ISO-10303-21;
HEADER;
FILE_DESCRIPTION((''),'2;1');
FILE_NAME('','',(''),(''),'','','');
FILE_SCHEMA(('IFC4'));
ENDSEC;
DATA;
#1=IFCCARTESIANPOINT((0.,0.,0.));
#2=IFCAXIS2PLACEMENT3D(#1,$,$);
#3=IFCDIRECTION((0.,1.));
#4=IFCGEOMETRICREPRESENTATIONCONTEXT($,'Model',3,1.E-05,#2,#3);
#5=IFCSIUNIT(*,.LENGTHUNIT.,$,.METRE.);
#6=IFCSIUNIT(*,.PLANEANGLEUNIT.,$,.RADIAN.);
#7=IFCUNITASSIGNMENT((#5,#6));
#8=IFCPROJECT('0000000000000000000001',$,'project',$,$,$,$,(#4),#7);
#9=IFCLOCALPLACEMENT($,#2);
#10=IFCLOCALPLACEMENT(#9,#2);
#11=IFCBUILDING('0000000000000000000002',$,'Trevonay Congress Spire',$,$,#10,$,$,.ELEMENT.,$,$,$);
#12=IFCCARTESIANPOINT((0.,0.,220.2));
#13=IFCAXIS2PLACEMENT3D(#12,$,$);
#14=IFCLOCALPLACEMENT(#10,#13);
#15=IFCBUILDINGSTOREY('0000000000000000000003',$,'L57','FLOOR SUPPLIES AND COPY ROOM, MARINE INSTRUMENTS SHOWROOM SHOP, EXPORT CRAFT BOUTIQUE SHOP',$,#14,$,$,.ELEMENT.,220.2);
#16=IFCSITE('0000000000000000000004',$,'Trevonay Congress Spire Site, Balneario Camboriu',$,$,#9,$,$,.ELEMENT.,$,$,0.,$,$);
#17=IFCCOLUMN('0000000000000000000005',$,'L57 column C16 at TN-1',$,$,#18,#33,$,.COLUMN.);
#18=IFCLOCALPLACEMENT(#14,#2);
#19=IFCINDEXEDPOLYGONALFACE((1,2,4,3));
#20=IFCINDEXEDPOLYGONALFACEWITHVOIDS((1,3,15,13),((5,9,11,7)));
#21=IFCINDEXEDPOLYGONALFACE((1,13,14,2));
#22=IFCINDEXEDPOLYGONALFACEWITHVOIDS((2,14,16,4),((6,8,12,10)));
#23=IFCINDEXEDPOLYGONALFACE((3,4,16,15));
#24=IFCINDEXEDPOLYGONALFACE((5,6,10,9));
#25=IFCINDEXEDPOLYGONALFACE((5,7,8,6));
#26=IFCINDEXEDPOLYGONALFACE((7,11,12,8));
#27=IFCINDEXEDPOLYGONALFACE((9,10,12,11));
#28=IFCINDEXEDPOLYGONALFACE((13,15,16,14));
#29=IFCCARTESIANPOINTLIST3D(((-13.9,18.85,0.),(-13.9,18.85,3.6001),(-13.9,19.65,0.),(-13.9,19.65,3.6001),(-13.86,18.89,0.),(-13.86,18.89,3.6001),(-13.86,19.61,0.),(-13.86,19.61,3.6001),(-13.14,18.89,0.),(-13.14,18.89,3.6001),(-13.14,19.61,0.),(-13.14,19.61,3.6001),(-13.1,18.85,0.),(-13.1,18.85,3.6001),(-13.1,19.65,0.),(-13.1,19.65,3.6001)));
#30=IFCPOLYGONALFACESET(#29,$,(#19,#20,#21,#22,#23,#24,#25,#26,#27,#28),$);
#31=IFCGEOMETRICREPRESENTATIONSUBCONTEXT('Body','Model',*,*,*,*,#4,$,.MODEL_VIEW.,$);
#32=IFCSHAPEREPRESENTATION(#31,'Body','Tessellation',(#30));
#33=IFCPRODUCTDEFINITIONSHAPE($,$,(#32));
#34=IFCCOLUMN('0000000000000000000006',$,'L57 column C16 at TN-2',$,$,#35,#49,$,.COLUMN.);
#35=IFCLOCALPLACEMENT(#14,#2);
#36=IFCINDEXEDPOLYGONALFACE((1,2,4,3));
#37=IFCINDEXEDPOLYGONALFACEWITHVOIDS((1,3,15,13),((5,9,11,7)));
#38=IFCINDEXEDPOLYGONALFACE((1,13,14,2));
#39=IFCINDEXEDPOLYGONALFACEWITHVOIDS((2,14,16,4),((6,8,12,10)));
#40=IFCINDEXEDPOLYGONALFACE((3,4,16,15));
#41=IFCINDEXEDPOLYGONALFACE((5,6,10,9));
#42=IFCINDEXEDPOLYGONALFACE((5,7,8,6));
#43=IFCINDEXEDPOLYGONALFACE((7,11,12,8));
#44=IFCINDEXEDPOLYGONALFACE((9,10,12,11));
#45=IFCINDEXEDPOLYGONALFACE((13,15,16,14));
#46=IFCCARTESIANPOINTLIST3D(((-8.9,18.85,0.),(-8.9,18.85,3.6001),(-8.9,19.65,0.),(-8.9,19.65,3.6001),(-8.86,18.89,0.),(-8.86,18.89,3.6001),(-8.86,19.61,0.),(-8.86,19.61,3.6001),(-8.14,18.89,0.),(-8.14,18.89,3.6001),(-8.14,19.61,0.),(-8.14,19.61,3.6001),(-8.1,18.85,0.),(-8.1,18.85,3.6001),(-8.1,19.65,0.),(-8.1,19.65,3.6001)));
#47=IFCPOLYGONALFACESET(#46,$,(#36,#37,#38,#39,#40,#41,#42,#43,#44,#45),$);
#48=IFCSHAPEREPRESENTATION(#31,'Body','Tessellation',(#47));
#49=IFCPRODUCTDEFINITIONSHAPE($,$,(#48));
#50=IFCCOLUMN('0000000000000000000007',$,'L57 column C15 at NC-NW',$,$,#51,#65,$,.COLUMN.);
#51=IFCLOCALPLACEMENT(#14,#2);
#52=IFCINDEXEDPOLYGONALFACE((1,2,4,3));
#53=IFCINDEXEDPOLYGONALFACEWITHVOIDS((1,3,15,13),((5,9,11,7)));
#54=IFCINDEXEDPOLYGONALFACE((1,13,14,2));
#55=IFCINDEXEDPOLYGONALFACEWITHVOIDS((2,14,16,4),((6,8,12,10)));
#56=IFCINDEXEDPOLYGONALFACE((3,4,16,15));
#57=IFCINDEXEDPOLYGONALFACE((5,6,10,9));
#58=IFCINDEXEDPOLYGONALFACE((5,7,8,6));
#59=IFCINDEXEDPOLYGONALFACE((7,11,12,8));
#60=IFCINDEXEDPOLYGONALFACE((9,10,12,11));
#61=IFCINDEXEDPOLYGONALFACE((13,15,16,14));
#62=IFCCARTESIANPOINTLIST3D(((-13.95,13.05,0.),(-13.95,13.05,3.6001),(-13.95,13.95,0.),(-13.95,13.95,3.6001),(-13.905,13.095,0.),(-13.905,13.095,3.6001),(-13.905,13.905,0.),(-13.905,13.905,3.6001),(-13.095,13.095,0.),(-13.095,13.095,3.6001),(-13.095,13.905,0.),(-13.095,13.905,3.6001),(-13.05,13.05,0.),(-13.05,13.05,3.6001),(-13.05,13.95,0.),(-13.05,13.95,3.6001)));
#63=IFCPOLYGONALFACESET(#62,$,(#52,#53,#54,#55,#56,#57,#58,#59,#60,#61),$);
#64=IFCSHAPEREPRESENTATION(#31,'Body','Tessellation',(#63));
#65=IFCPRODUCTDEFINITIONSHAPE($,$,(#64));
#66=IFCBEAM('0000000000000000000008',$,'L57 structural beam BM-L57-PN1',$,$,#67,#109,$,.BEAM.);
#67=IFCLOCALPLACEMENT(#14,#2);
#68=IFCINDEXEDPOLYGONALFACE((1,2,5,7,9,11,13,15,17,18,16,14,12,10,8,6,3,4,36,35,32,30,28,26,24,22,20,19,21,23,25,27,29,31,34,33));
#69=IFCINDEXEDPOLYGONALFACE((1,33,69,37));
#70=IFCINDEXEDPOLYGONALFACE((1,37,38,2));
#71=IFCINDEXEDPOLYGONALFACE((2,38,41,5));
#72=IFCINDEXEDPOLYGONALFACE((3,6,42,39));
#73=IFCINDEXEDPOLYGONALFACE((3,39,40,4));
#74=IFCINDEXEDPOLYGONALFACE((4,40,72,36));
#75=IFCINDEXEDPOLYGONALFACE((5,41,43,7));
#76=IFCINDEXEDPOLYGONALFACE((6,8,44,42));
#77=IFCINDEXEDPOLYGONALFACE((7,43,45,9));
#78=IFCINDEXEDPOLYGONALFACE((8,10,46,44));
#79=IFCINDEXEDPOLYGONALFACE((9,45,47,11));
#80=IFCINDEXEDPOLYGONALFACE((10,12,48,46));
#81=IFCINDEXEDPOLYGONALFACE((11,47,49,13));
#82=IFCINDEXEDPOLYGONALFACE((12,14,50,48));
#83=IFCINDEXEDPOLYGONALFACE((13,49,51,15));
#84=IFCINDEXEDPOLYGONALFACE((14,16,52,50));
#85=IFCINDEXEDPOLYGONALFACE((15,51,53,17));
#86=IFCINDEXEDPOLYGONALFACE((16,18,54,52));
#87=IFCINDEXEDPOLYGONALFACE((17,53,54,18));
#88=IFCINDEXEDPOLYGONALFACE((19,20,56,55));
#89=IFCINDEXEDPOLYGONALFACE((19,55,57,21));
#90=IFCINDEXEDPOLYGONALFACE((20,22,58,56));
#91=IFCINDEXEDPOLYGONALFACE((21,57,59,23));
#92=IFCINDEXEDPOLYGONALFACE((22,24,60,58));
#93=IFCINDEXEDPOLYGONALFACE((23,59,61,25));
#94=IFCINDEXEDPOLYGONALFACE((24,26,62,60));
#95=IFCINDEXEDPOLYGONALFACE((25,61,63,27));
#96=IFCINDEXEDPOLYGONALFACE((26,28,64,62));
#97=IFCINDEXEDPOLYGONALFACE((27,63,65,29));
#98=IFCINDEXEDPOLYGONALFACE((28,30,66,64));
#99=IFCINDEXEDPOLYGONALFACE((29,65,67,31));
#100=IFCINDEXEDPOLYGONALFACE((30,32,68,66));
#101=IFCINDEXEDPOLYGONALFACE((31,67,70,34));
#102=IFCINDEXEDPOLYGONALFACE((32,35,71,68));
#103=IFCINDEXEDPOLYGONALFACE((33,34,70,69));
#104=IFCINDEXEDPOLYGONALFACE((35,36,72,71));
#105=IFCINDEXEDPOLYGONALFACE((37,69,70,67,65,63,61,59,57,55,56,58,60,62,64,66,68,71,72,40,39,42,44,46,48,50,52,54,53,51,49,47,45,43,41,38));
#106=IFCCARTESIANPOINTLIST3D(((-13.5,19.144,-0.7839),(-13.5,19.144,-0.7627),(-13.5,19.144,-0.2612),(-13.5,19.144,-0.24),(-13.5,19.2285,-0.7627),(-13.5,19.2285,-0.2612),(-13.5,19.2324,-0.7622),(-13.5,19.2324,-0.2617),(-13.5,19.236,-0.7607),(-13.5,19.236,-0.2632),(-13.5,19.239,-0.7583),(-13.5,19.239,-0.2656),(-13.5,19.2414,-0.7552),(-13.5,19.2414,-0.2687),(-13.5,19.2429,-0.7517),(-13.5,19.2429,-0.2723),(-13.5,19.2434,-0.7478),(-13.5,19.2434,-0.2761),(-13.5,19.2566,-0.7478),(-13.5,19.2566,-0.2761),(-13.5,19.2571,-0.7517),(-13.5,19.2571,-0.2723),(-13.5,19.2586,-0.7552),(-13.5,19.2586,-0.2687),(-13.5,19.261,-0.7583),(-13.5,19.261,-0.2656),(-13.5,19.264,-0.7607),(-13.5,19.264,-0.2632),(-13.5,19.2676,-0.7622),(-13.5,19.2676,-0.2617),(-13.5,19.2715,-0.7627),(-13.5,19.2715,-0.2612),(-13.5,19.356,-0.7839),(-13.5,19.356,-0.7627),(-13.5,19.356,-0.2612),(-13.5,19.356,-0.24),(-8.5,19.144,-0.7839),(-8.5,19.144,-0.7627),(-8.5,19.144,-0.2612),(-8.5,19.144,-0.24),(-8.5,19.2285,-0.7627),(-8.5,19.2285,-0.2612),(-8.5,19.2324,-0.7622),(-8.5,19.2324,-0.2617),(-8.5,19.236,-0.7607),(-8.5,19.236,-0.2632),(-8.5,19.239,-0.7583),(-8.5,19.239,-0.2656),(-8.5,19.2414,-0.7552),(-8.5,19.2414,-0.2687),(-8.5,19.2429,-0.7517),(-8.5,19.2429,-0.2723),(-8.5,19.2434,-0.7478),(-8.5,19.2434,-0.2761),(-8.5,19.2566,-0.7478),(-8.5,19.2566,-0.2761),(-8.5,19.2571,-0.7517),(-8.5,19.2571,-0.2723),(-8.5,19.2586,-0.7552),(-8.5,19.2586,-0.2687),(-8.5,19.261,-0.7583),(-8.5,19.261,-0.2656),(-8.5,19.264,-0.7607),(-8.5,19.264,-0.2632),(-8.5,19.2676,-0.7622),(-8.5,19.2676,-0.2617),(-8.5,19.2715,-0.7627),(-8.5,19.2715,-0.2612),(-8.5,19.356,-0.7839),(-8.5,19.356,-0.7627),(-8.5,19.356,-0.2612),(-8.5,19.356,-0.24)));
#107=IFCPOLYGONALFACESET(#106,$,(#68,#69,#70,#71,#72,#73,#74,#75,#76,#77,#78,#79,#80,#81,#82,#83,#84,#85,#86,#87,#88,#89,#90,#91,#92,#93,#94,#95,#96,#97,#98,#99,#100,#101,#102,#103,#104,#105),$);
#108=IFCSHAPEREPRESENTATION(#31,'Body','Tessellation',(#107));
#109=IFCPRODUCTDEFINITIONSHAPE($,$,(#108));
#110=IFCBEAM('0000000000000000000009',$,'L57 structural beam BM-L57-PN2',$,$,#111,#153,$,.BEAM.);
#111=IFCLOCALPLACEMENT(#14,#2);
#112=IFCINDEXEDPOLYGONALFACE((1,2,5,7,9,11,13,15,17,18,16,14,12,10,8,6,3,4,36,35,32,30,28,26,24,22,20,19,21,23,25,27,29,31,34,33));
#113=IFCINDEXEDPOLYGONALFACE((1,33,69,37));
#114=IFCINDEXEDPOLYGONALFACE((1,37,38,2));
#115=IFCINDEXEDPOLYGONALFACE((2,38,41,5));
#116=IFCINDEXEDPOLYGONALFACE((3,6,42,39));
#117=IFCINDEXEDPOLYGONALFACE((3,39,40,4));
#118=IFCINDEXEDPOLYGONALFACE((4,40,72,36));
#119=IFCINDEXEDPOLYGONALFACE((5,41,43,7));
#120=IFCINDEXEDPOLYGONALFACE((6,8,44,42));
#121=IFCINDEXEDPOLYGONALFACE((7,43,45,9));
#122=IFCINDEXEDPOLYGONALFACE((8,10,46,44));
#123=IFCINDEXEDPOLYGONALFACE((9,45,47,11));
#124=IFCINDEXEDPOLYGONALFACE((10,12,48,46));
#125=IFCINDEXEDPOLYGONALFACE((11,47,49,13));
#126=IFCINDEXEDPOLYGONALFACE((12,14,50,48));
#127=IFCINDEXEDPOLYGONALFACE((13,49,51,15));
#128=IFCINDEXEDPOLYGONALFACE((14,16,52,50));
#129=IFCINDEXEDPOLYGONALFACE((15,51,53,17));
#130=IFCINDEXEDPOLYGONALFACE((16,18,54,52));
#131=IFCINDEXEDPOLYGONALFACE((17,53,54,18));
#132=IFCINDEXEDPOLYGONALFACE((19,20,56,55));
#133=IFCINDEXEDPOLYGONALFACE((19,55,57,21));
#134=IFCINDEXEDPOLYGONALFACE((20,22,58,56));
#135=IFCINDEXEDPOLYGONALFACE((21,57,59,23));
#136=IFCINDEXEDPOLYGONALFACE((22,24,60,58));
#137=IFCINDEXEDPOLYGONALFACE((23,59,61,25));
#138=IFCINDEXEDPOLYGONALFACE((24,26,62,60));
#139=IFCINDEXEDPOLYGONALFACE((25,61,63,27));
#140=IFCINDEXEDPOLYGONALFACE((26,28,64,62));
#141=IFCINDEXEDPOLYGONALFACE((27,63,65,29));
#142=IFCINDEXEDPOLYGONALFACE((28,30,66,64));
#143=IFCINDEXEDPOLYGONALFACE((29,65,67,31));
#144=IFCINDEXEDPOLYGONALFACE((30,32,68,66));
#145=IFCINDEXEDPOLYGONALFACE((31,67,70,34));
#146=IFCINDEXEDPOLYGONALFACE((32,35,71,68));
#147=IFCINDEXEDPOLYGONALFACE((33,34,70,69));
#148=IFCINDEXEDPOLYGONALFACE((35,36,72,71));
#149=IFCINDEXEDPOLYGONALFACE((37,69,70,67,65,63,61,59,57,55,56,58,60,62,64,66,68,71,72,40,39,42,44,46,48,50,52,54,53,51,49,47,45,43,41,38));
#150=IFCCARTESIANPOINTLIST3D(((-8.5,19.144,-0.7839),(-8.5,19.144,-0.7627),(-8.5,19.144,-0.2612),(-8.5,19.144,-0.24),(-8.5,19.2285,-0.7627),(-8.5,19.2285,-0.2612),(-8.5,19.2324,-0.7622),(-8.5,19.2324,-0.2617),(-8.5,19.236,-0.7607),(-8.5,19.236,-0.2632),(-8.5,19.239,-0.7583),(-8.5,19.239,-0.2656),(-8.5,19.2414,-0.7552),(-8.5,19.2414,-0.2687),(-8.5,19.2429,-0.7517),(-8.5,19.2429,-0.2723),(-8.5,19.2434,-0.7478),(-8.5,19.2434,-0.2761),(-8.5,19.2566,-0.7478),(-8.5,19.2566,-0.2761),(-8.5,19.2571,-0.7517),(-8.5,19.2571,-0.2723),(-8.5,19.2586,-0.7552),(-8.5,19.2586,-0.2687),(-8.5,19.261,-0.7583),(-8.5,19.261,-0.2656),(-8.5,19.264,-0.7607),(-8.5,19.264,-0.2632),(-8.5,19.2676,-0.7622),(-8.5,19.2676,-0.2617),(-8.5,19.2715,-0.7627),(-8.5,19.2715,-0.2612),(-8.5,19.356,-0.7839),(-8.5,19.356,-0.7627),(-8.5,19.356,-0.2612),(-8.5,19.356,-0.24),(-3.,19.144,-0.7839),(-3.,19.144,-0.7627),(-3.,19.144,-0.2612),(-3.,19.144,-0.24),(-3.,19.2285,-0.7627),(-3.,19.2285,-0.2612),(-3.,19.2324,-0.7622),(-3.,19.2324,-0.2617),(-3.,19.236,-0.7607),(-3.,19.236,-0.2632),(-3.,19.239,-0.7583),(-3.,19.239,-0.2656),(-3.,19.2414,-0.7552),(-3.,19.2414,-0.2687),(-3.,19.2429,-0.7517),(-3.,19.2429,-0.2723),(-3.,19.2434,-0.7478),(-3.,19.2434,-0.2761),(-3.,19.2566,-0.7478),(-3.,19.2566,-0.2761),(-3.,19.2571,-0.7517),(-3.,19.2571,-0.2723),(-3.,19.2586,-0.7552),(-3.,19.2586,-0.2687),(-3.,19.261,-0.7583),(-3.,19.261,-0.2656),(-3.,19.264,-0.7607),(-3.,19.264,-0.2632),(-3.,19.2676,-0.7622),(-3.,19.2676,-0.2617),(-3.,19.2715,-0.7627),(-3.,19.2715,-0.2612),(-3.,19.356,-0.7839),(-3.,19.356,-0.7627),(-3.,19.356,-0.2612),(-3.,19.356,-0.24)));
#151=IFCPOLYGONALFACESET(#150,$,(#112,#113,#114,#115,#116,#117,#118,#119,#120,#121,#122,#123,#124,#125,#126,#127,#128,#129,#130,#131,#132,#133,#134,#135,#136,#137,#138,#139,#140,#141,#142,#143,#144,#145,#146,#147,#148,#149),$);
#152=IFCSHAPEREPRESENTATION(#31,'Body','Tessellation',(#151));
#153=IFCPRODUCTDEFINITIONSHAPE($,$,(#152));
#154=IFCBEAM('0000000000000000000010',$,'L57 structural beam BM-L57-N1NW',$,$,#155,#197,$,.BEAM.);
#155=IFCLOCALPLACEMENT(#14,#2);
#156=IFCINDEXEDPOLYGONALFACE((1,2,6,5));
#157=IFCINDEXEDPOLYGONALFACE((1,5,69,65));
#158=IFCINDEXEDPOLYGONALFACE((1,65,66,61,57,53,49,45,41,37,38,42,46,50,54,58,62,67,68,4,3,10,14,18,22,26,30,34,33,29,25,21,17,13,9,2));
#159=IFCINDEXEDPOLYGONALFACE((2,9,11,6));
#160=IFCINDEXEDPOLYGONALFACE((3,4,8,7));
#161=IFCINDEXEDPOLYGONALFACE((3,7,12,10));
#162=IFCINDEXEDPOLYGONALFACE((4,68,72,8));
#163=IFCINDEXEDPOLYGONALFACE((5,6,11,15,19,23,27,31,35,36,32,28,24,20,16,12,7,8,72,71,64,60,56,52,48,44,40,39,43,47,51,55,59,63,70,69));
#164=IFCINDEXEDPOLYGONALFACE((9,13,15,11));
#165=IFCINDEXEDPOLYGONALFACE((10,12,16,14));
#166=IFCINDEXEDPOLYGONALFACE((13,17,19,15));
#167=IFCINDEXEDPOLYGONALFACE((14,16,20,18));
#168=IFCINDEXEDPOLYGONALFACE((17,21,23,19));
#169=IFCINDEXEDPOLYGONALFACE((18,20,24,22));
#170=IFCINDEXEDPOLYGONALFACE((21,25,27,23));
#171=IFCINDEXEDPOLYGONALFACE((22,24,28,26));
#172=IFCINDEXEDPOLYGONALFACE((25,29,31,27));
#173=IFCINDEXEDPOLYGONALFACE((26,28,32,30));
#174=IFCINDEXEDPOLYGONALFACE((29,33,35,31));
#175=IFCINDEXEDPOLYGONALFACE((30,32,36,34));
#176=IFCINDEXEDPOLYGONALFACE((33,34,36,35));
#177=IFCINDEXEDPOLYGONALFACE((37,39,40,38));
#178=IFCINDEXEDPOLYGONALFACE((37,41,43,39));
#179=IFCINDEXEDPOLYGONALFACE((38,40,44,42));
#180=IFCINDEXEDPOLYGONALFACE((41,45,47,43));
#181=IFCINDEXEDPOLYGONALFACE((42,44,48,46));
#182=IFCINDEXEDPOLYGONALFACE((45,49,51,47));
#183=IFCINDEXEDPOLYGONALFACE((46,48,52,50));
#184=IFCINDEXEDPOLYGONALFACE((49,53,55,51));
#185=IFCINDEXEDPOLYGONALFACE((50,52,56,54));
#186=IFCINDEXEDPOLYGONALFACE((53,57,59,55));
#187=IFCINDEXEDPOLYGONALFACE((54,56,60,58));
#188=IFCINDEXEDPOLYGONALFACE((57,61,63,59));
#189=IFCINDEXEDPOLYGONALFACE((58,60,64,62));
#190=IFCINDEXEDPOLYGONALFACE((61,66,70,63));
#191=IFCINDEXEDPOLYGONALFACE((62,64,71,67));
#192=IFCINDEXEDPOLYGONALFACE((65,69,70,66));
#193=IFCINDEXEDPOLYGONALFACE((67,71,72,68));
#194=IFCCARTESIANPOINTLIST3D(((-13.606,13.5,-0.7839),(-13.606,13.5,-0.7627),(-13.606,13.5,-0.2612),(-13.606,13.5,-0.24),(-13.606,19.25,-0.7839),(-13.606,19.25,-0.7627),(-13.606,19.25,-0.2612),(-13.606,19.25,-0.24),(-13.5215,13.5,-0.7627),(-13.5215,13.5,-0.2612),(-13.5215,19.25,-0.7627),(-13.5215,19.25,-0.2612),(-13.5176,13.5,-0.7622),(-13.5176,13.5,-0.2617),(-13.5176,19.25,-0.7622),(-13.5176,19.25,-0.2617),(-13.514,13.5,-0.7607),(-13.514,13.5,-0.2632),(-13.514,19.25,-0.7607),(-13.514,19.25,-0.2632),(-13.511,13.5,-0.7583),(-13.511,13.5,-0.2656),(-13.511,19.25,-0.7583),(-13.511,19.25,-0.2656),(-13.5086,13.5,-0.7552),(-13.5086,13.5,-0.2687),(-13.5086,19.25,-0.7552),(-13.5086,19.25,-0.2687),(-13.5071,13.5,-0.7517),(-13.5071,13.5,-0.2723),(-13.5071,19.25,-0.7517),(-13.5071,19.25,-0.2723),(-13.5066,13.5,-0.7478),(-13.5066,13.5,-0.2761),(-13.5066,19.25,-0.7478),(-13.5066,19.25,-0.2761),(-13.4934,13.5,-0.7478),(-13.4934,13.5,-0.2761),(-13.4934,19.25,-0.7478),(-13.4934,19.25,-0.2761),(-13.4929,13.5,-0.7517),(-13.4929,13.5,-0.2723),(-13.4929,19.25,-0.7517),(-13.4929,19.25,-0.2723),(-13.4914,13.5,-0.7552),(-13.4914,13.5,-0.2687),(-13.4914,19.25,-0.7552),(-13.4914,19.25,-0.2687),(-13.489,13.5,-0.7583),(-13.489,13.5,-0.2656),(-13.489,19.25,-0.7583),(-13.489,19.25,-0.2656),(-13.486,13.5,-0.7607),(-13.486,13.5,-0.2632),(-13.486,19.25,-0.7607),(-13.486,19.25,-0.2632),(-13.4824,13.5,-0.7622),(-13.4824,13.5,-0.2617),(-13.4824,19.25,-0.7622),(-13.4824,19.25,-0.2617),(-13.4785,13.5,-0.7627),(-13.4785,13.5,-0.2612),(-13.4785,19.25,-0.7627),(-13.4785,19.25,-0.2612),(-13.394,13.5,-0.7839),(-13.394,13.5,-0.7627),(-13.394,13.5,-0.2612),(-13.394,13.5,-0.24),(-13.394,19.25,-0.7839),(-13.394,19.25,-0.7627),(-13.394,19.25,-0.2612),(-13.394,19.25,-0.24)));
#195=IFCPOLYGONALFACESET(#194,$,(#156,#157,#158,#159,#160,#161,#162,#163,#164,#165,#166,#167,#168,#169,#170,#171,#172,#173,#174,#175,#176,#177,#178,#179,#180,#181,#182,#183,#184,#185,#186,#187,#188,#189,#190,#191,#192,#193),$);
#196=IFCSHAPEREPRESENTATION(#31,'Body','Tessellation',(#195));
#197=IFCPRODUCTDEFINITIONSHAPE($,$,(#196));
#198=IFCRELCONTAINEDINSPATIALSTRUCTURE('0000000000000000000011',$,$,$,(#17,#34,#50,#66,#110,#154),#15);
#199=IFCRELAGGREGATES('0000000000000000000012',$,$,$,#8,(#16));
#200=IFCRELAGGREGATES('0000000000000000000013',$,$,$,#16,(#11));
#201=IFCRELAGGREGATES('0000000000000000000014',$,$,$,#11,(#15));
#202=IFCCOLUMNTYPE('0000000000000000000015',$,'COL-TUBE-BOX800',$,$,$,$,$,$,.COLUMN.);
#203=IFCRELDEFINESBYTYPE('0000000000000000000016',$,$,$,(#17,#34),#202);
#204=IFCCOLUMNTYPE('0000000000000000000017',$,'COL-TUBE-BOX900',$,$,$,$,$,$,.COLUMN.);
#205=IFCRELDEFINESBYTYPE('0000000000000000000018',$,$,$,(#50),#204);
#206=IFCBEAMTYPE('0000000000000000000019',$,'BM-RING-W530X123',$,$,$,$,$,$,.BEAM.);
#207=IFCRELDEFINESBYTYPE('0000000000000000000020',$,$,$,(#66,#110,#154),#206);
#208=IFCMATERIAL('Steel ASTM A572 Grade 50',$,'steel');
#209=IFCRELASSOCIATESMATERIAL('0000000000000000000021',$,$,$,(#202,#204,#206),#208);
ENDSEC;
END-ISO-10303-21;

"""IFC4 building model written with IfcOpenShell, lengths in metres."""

from ifc_helpers import new_model, si_unit, direction, frame, origin, origin_2d, place, context, subcontext, project, spatial, hollow_rectangle, i_section, extrude, material, material_profile, profile_set, type_object, element, save


model = new_model("IFC4")

# Units and contexts
model_context = context("Model", 3, precision=1e-05, world=origin(), true_north=direction((0.0, 1.0)))
body_context = subcontext(model_context, "Body", "Model", "MODEL_VIEW")
ifc_project = project(units=[si_unit("LENGTHUNIT", "METRE"), si_unit("PLANEANGLEUNIT", "RADIAN")], contexts=[model_context])

# Site, building, storey
site_placement = place(None, origin())
site = spatial("IfcSite", under=ifc_project, at=site_placement, Name="Trevonay Congress Spire Site, Balneario Camboriu", CompositionType="ELEMENT", RefElevation=0.0)
building_placement = place(site_placement, origin())
building = spatial("IfcBuilding", under=site, at=building_placement, Name="Trevonay Congress Spire", CompositionType="ELEMENT")
storey_placement = place(building_placement, frame((0.0, 0.0, 220.2)))
storey = spatial("IfcBuildingStorey", under=building, at=storey_placement, Name="L57", Description="FLOOR SUPPLIES AND COPY ROOM, MARINE INSTRUMENTS SHOWROOM SHOP, EXPORT CRAFT BOUTIQUE SHOP", CompositionType="ELEMENT", Elevation=220.2)

# Columns
ifc_material_1 = material(Name="Steel ASTM A572 Grade 50", Category="steel")
ifc_material_profile_1 = material_profile(ifc_material_1, hollow_rectangle(XDim=0.8, YDim=0.8, WallThickness=0.04, at=origin_2d()), Name="BOX 800x800x40")
ifc_profile_set_1 = profile_set([ifc_material_profile_1], Name="Steel ASTM A572 Grade 50")
column_type_1 = type_object("IfcColumnType", Name="COL-TUBE-BOX800", PredefinedType="COLUMN", material=ifc_profile_set_1)
for number, where, z_axis, x_axis, name in (
    (1, (-13.5, 19.25, 0.0), (0.0, 0.0, 1.0), (1.0, 0.0, 0.0), "L57 column C16 at TN-1"),
    (2, (-8.5, 19.25, 0.0), (0.0, 0.0, 1.0), (1.0, 0.0, 0.0), "L57 column C16 at TN-2"),
):
    element("IfcColumn", number, at=place(storey_placement, frame(where, z_axis=z_axis, x_axis=x_axis)), inside=storey, type_object=column_type_1, Name=name, PredefinedType="COLUMN", context=body_context, shape_type="SweptSolid", body=[
        extrude(hollow_rectangle(XDim=0.8, YDim=0.8, WallThickness=0.04, at=origin_2d()), origin(), (0.0, 0.0, 1.0), 3.6001),
    ])
ifc_material_profile_2 = material_profile(ifc_material_1, hollow_rectangle(XDim=0.8999, YDim=0.8999, WallThickness=0.0449, at=origin_2d()), Name="BOX 900x900x45")
ifc_profile_set_2 = profile_set([ifc_material_profile_2], Name="Steel ASTM A572 Grade 50")
column_type_2 = type_object("IfcColumnType", Name="COL-TUBE-BOX900", PredefinedType="COLUMN", material=ifc_profile_set_2)
column_placement = place(storey_placement, frame((-13.5, 13.5, 0.0), z_axis=(0.0, 0.0, 1.0), x_axis=(1.0, 0.0, 0.0)))
element("IfcColumn", 3, at=column_placement, inside=storey, type_object=column_type_2, Name="L57 column C15 at NC-NW", PredefinedType="COLUMN", context=body_context, shape_type="SweptSolid", body=[
    extrude(hollow_rectangle(XDim=0.8999, YDim=0.8999, WallThickness=0.0449, at=origin_2d()), origin(), (0.0, 0.0, 1.0), 3.6001),
])

# Beams
ifc_material_profile_3 = material_profile(ifc_material_1, i_section(OverallWidth=0.2119, OverallDepth=0.5439, WebThickness=0.0132, FlangeThickness=0.0212, FilletRadius=0.0149, at=origin_2d()), Name="W530x123")
ifc_profile_set_3 = profile_set([ifc_material_profile_3], Name="Steel ASTM A572 Grade 50")
beam_type = type_object("IfcBeamType", Name="BM-RING-W530X123", PredefinedType="BEAM", material=ifc_profile_set_3)
beam_1_placement = place(storey_placement, frame((-13.5, 19.25, -0.512), z_axis=(1.0, 0.0, 0.0), x_axis=(0.0, 1.0, 0.0)))
element("IfcBeam", 4, at=beam_1_placement, inside=storey, type_object=beam_type, Name="L57 structural beam BM-L57-PN1", PredefinedType="BEAM", context=body_context, shape_type="SweptSolid", body=[
    extrude(i_section(OverallWidth=0.2119, OverallDepth=0.5439, WebThickness=0.0132, FlangeThickness=0.0212, FilletRadius=0.0149, at=origin_2d()), origin(), (0.0, 0.0, 1.0), 5.0),
])
beam_2_placement = place(storey_placement, frame((-8.5, 19.25, -0.512), z_axis=(1.0, 0.0, 0.0), x_axis=(0.0, 1.0, 0.0)))
element("IfcBeam", 5, at=beam_2_placement, inside=storey, type_object=beam_type, Name="L57 structural beam BM-L57-PN2", PredefinedType="BEAM", context=body_context, shape_type="SweptSolid", body=[
    extrude(i_section(OverallWidth=0.2119, OverallDepth=0.5439, WebThickness=0.0132, FlangeThickness=0.0212, FilletRadius=0.0149, at=origin_2d()), origin(), (0.0, 0.0, 1.0), 5.5),
])
for number, where, z_axis, x_axis, name in (
    (6, (-13.5, 19.25, -0.512), (0.0, -1.0, 0.0), (1.0, 0.0, 0.0), "L57 structural beam BM-L57-N1NW"),
):
    element("IfcBeam", number, at=place(storey_placement, frame(where, z_axis=z_axis, x_axis=x_axis)), inside=storey, type_object=beam_type, Name=name, PredefinedType="BEAM", context=body_context, shape_type="SweptSolid", body=[
        extrude(i_section(OverallWidth=0.2119, OverallDepth=0.5439, WebThickness=0.0132, FlangeThickness=0.0212, FilletRadius=0.0149, at=origin_2d()), origin(), (0.0, 0.0, 1.0), 5.75),
    ])

save(model, "model.ifc")
